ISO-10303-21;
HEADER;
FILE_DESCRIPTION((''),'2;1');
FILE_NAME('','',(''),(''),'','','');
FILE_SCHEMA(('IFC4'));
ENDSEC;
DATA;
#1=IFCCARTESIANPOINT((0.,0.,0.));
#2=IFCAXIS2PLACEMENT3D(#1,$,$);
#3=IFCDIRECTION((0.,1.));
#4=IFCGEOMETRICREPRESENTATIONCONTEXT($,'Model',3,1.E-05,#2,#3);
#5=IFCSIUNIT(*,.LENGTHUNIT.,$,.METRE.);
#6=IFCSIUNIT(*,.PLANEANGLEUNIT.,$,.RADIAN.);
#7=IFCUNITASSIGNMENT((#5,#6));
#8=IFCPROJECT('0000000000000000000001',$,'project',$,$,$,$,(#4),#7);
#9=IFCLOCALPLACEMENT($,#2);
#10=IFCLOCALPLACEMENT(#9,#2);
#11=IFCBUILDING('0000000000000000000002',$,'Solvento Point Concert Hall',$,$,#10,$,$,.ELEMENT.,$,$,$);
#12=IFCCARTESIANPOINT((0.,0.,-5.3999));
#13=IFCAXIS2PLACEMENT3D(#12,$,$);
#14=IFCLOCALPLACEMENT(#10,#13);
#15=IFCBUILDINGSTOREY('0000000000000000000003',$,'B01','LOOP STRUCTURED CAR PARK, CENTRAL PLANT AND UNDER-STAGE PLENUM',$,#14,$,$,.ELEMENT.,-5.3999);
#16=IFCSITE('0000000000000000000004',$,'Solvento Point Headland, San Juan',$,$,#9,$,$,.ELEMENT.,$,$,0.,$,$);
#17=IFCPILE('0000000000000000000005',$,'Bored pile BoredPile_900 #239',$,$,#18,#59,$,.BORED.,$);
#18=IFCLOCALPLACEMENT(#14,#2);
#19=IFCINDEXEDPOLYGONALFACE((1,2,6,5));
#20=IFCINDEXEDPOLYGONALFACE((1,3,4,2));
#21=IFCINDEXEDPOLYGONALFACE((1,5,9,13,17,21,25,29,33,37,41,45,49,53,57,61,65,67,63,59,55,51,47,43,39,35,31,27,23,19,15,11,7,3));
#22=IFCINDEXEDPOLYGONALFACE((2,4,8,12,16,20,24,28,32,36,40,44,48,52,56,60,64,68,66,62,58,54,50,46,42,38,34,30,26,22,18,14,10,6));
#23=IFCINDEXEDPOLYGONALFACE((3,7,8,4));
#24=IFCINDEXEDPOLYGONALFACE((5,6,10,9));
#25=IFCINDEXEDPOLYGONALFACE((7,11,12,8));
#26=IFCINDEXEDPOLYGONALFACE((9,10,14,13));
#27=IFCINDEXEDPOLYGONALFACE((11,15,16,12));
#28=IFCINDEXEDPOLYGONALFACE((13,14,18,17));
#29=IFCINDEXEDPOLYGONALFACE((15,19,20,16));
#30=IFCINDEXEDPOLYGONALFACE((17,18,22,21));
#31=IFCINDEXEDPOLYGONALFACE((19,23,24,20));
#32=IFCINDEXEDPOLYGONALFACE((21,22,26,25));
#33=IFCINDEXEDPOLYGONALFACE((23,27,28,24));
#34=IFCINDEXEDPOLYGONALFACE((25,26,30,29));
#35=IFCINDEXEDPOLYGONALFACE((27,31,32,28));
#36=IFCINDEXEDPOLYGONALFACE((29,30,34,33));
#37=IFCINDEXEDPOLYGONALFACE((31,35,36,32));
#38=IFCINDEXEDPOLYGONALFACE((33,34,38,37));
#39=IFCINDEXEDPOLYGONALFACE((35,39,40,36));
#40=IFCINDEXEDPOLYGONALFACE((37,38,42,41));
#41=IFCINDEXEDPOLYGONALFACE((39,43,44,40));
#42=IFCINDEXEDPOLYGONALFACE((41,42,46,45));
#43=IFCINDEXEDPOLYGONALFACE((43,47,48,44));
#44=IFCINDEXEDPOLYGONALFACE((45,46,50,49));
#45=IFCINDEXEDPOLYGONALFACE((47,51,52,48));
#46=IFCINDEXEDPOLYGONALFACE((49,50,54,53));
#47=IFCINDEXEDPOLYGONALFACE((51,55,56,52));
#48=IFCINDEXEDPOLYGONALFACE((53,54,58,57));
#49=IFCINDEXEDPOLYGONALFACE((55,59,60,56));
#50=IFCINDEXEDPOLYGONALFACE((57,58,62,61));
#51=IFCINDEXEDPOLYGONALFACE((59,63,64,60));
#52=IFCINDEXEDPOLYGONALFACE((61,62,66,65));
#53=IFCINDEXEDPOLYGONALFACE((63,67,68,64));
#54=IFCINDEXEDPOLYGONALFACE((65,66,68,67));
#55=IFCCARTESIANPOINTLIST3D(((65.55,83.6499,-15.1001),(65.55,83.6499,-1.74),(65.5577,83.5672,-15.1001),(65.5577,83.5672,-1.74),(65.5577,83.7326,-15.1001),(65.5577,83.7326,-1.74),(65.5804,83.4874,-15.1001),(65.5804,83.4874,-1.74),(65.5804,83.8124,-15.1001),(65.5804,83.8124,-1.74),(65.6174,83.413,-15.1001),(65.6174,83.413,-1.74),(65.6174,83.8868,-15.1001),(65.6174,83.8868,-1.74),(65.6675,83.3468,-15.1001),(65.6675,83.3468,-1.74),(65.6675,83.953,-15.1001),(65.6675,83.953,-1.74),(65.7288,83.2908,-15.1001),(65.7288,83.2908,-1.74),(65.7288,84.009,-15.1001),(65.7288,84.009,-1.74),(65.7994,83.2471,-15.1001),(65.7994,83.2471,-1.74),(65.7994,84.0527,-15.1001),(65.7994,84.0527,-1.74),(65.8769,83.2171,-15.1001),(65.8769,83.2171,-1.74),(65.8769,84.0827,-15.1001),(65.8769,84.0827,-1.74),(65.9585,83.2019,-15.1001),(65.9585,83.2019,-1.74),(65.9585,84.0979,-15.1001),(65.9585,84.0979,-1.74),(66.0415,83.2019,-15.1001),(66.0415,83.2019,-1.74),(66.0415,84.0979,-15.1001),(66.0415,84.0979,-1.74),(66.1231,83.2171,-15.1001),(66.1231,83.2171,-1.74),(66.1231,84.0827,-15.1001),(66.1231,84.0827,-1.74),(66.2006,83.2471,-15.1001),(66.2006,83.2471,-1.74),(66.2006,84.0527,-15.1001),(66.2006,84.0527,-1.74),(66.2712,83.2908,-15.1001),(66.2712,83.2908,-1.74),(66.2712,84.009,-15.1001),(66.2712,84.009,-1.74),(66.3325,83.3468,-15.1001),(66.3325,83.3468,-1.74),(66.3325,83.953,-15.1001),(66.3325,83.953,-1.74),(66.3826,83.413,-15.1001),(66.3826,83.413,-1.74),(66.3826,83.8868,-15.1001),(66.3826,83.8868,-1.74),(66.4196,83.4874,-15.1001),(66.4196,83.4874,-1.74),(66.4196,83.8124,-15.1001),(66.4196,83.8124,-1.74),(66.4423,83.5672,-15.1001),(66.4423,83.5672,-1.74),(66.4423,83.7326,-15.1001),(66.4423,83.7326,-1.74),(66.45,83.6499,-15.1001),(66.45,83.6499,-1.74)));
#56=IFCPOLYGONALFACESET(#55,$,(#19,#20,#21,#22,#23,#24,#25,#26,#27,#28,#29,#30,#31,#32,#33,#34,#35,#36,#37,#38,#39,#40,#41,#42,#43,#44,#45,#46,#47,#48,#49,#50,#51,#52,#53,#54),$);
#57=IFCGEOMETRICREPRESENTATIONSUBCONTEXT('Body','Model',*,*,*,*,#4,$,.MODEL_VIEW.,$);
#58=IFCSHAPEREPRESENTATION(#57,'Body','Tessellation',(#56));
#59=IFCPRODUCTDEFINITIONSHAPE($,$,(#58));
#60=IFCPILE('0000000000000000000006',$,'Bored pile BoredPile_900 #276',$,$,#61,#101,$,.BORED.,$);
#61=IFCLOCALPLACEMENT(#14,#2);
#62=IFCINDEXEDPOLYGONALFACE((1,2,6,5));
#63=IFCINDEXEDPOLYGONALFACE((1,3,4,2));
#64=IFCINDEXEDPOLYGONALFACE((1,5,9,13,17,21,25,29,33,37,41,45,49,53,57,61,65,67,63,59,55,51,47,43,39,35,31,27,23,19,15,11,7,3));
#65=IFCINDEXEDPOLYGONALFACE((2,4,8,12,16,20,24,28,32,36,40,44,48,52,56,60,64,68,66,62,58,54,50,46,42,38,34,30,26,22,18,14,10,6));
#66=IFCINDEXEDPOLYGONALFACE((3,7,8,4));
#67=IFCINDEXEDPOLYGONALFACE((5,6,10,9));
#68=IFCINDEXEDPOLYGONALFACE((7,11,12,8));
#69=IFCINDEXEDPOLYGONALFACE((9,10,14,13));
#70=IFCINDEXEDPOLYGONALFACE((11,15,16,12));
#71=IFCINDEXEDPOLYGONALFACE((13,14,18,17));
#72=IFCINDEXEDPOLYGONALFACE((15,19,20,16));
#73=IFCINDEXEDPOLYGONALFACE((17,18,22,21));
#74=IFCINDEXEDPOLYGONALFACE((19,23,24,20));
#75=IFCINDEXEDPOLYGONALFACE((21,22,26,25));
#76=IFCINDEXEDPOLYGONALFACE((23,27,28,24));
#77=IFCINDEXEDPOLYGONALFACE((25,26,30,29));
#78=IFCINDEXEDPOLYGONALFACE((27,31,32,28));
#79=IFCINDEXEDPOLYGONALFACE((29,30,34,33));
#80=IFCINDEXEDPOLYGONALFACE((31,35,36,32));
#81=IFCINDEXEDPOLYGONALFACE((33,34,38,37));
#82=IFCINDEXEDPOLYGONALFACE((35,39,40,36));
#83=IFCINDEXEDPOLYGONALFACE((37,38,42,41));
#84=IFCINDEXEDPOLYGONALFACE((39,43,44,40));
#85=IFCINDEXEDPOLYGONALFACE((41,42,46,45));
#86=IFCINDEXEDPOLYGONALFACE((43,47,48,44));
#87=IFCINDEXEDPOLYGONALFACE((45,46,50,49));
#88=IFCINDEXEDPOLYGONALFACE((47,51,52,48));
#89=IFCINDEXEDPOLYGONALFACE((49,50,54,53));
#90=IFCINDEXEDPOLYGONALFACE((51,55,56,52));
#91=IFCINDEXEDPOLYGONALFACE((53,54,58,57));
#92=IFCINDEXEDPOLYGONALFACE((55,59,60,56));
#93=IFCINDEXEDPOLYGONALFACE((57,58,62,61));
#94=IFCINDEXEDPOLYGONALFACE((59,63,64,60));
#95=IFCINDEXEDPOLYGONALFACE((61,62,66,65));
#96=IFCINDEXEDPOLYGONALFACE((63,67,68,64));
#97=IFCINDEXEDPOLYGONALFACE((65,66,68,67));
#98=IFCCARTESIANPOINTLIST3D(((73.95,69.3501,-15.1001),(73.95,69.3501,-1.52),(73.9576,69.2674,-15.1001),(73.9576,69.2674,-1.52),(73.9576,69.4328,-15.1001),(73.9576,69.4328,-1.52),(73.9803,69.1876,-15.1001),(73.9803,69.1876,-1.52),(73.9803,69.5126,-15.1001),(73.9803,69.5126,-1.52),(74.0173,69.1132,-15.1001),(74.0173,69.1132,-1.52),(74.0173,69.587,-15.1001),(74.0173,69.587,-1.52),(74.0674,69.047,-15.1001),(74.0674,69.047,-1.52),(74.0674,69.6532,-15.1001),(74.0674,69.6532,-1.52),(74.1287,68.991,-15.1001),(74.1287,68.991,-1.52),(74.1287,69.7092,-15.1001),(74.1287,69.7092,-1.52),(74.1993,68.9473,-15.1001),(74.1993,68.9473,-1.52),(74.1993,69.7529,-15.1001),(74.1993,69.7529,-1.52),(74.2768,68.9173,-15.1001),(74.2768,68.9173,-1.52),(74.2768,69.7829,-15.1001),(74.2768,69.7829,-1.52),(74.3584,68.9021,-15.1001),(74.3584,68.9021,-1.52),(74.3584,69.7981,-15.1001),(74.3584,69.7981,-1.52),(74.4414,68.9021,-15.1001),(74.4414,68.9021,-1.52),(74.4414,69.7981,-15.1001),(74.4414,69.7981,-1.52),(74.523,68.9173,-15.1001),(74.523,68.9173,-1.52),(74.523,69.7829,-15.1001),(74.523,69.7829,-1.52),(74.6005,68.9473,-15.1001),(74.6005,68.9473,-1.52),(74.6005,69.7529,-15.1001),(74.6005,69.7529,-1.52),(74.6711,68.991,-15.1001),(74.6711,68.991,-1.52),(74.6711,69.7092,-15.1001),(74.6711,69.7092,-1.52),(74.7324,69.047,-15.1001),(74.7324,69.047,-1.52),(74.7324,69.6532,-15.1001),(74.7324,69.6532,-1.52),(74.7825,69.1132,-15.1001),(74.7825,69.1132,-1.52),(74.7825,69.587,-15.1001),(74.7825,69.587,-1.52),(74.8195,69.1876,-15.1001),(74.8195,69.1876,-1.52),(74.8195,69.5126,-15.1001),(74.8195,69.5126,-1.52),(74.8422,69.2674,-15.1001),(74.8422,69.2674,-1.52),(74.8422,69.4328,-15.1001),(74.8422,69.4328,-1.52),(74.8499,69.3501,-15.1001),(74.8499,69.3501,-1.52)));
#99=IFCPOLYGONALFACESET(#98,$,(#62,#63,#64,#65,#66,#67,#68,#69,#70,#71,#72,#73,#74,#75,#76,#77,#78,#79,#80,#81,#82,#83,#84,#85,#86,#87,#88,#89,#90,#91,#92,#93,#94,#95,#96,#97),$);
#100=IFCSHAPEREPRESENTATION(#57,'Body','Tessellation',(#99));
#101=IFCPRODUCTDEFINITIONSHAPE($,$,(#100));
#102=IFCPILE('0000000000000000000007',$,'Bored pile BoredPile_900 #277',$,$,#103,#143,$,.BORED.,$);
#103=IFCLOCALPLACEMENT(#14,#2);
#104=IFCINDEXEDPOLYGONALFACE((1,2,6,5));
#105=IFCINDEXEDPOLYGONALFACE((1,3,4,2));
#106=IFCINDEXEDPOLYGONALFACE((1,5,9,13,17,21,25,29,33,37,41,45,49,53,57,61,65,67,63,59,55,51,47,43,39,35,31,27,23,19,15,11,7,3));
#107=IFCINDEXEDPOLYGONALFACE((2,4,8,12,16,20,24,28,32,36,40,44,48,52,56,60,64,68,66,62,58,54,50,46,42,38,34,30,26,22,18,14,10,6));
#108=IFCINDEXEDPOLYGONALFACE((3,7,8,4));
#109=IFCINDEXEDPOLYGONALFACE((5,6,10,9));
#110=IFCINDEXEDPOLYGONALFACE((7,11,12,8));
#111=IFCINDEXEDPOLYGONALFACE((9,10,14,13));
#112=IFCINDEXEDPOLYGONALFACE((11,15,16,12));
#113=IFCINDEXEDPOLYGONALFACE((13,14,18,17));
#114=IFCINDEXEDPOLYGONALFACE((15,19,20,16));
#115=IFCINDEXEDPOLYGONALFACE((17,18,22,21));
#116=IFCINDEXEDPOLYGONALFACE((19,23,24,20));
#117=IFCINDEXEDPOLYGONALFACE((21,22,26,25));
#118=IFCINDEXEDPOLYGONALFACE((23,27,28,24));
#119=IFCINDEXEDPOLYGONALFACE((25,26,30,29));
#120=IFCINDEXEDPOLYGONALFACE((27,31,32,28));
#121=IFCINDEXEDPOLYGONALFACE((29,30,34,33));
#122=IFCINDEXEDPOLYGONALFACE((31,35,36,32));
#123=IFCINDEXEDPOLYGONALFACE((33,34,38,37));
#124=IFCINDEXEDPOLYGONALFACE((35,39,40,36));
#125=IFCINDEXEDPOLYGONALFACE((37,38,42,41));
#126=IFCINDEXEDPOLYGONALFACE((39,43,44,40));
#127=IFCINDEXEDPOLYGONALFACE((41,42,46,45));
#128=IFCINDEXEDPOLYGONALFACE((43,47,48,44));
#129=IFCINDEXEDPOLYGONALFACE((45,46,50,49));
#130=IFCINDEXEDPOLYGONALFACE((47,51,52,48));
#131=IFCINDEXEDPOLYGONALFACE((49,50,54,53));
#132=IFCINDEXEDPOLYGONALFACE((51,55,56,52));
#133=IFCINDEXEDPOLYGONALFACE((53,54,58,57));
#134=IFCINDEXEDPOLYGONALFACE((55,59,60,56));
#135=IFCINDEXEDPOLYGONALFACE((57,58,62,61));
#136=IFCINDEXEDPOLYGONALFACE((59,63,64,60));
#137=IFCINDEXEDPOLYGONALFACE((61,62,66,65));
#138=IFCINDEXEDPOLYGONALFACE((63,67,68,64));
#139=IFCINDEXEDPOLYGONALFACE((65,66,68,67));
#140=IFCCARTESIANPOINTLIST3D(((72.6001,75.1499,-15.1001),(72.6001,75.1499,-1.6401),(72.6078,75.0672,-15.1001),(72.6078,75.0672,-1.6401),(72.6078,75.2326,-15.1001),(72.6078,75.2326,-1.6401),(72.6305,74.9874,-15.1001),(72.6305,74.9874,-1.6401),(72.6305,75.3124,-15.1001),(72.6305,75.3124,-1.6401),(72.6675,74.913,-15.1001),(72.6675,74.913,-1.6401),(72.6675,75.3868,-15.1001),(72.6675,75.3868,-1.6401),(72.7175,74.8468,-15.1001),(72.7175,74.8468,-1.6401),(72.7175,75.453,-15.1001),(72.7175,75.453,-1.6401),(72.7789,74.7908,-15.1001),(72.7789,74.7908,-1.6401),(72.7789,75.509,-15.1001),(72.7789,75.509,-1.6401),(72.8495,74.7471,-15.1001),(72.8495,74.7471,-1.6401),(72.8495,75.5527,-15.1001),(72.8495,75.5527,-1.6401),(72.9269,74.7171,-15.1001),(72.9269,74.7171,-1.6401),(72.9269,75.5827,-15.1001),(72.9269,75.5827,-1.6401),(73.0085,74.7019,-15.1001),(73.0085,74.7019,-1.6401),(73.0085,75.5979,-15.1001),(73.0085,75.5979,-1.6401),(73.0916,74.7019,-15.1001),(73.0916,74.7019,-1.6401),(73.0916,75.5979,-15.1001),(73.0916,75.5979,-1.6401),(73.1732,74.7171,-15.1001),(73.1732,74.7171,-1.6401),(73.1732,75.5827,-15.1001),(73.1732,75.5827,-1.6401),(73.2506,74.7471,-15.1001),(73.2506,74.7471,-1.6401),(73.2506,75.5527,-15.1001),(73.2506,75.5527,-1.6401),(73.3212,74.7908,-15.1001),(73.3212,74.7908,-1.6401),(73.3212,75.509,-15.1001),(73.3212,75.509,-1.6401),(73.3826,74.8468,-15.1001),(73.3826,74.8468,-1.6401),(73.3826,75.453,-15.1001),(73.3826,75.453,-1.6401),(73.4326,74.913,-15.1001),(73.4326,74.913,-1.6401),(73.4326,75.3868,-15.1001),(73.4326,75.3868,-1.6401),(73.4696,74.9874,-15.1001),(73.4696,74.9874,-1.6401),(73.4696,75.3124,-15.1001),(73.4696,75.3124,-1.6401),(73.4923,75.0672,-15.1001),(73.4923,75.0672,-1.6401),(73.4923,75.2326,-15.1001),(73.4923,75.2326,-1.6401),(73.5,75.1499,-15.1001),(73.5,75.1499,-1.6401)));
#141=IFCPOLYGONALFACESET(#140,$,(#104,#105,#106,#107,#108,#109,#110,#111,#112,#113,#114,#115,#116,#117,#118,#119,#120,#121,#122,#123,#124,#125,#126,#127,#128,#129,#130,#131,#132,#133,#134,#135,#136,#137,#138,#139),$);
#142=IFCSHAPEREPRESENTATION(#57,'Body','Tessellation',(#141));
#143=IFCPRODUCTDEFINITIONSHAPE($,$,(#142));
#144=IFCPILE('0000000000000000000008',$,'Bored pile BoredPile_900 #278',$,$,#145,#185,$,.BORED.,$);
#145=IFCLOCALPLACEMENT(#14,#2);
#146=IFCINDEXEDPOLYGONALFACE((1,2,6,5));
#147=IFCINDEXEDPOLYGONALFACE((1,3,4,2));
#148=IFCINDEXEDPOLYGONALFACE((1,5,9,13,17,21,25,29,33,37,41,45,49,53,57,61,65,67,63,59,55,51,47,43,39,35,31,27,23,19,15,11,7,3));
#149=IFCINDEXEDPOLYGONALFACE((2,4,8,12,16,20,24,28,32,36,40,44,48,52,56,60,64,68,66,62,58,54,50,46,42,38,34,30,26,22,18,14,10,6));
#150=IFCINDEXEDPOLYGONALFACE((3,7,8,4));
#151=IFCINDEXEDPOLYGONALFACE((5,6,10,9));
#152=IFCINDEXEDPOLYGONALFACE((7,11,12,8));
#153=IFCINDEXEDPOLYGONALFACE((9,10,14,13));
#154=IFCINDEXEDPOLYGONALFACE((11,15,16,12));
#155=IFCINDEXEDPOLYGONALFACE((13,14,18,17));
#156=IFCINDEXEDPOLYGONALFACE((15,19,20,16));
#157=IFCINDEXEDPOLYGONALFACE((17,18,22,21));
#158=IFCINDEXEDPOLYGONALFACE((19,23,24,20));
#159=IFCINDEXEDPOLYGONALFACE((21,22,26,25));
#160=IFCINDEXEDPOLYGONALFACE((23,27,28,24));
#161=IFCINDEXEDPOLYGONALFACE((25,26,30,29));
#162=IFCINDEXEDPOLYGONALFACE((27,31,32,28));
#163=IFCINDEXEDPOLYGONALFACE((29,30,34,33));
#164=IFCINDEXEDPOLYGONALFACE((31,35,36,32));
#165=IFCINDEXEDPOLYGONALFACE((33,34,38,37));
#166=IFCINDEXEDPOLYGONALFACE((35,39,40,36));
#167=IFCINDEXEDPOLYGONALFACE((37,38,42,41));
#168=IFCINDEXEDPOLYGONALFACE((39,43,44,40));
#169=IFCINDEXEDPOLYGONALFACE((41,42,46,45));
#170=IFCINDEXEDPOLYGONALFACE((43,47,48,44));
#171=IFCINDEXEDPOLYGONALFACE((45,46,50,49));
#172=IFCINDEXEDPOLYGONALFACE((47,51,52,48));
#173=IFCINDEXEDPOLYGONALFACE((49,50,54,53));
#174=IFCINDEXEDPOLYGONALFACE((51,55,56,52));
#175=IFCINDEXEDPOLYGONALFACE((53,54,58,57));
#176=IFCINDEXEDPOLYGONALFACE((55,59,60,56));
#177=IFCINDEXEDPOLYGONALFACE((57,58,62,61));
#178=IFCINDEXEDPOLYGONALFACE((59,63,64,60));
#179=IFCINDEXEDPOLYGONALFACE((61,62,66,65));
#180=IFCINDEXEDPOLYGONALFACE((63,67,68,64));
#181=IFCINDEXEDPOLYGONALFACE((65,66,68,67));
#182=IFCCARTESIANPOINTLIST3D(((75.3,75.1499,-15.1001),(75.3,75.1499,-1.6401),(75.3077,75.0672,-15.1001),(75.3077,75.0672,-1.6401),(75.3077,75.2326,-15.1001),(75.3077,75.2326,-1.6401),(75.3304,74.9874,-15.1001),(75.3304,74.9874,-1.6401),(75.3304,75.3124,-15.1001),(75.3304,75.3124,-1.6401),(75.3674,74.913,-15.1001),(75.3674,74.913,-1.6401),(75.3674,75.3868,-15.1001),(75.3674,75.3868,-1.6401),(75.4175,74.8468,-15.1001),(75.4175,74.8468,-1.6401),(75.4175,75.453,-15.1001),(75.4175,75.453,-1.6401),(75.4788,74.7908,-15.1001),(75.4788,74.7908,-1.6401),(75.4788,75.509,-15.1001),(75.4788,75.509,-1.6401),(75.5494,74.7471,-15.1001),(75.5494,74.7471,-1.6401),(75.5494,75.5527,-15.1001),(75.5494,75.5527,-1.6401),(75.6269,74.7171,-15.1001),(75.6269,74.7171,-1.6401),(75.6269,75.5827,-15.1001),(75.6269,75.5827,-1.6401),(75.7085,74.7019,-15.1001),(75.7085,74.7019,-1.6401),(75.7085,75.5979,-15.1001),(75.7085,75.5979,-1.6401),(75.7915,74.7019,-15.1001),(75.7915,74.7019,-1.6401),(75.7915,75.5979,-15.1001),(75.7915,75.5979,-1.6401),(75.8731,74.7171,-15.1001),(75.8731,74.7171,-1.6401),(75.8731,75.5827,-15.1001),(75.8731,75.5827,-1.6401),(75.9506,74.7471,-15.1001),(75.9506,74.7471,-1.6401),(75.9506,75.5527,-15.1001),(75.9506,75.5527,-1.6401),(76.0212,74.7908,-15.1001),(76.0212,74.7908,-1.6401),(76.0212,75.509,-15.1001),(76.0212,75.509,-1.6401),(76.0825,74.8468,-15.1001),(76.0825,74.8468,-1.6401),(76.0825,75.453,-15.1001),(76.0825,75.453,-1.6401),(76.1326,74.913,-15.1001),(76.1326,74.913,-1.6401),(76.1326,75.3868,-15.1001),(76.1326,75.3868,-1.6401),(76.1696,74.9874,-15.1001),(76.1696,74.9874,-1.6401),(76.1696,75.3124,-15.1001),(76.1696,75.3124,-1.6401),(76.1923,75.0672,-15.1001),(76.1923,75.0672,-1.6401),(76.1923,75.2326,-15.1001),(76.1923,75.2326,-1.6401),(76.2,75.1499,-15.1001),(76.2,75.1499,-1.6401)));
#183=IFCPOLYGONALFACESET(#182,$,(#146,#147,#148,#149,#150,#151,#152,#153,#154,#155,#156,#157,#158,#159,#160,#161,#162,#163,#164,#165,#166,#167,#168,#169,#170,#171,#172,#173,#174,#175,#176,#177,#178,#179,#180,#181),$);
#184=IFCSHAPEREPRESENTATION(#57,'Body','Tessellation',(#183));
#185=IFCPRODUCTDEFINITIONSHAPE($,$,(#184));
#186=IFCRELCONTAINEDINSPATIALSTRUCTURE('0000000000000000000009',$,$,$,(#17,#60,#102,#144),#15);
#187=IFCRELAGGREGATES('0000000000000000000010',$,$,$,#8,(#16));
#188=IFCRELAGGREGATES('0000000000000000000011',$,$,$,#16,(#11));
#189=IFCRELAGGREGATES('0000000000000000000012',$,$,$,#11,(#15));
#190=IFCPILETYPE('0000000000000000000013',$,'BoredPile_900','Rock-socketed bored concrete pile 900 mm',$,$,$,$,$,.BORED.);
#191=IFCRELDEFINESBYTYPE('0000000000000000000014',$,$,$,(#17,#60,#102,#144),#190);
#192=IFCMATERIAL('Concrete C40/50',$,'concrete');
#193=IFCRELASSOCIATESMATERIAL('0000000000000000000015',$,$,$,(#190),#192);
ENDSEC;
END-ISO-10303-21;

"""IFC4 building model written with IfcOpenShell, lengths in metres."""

from ifc_helpers import new_model, si_unit, direction, frame, origin, origin_2d, place, context, subcontext, project, spatial, circle, extrude, material, material_profile, profile_set, type_object, element, save


model = new_model("IFC4")

# Units and contexts
model_context = context("Model", 3, precision=1e-05, world=origin(), true_north=direction((0.0, 1.0)))
body_context = subcontext(model_context, "Body", "Model", "MODEL_VIEW")
ifc_project = project(units=[si_unit("LENGTHUNIT", "METRE"), si_unit("PLANEANGLEUNIT", "RADIAN")], contexts=[model_context])

# Site, building, storey
site_placement = place(None, origin())
site = spatial("IfcSite", under=ifc_project, at=site_placement, Name="Solvento Point Headland, San Juan", CompositionType="ELEMENT", RefElevation=0.0)
building_placement = place(site_placement, origin())
building = spatial("IfcBuilding", under=site, at=building_placement, Name="Solvento Point Concert Hall", CompositionType="ELEMENT")
storey_placement = place(building_placement, frame((0.0, 0.0, -5.3999)))
storey = spatial("IfcBuildingStorey", under=building, at=storey_placement, Name="B01", Description="LOOP STRUCTURED CAR PARK, CENTRAL PLANT AND UNDER-STAGE PLENUM", CompositionType="ELEMENT", Elevation=-5.3999)

# Piles
ifc_material_1 = material(Name="Concrete C40/50", Category="concrete")
ifc_material_profile_1 = material_profile(ifc_material_1, circle(Radius=0.45, at=origin_2d()), Name="BP-900")
ifc_profile_set_1 = profile_set([ifc_material_profile_1], Name="Concrete C40/50")
pile_type_1 = type_object("IfcPileType", Name="BoredPile_900", Description="Rock-socketed bored concrete pile 900 mm", PredefinedType="BORED", material=ifc_profile_set_1)
pile_1_placement = place(storey_placement, frame((66.0, 83.6499, -1.74), z_axis=(0.0, 0.0, -1.0), x_axis=(1.0, 0.0, 0.0)))
element("IfcPile", 1, at=pile_1_placement, inside=storey, type_object=pile_type_1, Name="Bored pile BoredPile_900 #239", PredefinedType="BORED", context=body_context, shape_type="SweptSolid", body=[
    extrude(circle(Radius=0.45, at=origin_2d()), origin(), (0.0, 0.0, 1.0), 13.3601),
])
pile_2_placement = place(storey_placement, frame((74.3999, 69.3501, -1.52), z_axis=(0.0, 0.0, -1.0), x_axis=(1.0, 0.0, 0.0)))
element("IfcPile", 2, at=pile_2_placement, inside=storey, type_object=pile_type_1, Name="Bored pile BoredPile_900 #276", PredefinedType="BORED", context=body_context, shape_type="SweptSolid", body=[
    extrude(circle(Radius=0.45, at=origin_2d()), origin(), (0.0, 0.0, 1.0), 13.5801),
])
for number, where, z_axis, x_axis, name in (
    (3, (73.05, 75.1499, -1.6401), (0.0, 0.0, -1.0), (1.0, 0.0, 0.0), "Bored pile BoredPile_900 #277"),
    (4, (75.75, 75.1499, -1.6401), (0.0, 0.0, -1.0), (1.0, 0.0, 0.0), "Bored pile BoredPile_900 #278"),
):
    element("IfcPile", number, at=place(storey_placement, frame(where, z_axis=z_axis, x_axis=x_axis)), inside=storey, type_object=pile_type_1, Name=name, PredefinedType="BORED", context=body_context, shape_type="SweptSolid", body=[
        extrude(circle(Radius=0.45, at=origin_2d()), origin(), (0.0, 0.0, 1.0), 13.46),
    ])

save(model, "model.ifc")
